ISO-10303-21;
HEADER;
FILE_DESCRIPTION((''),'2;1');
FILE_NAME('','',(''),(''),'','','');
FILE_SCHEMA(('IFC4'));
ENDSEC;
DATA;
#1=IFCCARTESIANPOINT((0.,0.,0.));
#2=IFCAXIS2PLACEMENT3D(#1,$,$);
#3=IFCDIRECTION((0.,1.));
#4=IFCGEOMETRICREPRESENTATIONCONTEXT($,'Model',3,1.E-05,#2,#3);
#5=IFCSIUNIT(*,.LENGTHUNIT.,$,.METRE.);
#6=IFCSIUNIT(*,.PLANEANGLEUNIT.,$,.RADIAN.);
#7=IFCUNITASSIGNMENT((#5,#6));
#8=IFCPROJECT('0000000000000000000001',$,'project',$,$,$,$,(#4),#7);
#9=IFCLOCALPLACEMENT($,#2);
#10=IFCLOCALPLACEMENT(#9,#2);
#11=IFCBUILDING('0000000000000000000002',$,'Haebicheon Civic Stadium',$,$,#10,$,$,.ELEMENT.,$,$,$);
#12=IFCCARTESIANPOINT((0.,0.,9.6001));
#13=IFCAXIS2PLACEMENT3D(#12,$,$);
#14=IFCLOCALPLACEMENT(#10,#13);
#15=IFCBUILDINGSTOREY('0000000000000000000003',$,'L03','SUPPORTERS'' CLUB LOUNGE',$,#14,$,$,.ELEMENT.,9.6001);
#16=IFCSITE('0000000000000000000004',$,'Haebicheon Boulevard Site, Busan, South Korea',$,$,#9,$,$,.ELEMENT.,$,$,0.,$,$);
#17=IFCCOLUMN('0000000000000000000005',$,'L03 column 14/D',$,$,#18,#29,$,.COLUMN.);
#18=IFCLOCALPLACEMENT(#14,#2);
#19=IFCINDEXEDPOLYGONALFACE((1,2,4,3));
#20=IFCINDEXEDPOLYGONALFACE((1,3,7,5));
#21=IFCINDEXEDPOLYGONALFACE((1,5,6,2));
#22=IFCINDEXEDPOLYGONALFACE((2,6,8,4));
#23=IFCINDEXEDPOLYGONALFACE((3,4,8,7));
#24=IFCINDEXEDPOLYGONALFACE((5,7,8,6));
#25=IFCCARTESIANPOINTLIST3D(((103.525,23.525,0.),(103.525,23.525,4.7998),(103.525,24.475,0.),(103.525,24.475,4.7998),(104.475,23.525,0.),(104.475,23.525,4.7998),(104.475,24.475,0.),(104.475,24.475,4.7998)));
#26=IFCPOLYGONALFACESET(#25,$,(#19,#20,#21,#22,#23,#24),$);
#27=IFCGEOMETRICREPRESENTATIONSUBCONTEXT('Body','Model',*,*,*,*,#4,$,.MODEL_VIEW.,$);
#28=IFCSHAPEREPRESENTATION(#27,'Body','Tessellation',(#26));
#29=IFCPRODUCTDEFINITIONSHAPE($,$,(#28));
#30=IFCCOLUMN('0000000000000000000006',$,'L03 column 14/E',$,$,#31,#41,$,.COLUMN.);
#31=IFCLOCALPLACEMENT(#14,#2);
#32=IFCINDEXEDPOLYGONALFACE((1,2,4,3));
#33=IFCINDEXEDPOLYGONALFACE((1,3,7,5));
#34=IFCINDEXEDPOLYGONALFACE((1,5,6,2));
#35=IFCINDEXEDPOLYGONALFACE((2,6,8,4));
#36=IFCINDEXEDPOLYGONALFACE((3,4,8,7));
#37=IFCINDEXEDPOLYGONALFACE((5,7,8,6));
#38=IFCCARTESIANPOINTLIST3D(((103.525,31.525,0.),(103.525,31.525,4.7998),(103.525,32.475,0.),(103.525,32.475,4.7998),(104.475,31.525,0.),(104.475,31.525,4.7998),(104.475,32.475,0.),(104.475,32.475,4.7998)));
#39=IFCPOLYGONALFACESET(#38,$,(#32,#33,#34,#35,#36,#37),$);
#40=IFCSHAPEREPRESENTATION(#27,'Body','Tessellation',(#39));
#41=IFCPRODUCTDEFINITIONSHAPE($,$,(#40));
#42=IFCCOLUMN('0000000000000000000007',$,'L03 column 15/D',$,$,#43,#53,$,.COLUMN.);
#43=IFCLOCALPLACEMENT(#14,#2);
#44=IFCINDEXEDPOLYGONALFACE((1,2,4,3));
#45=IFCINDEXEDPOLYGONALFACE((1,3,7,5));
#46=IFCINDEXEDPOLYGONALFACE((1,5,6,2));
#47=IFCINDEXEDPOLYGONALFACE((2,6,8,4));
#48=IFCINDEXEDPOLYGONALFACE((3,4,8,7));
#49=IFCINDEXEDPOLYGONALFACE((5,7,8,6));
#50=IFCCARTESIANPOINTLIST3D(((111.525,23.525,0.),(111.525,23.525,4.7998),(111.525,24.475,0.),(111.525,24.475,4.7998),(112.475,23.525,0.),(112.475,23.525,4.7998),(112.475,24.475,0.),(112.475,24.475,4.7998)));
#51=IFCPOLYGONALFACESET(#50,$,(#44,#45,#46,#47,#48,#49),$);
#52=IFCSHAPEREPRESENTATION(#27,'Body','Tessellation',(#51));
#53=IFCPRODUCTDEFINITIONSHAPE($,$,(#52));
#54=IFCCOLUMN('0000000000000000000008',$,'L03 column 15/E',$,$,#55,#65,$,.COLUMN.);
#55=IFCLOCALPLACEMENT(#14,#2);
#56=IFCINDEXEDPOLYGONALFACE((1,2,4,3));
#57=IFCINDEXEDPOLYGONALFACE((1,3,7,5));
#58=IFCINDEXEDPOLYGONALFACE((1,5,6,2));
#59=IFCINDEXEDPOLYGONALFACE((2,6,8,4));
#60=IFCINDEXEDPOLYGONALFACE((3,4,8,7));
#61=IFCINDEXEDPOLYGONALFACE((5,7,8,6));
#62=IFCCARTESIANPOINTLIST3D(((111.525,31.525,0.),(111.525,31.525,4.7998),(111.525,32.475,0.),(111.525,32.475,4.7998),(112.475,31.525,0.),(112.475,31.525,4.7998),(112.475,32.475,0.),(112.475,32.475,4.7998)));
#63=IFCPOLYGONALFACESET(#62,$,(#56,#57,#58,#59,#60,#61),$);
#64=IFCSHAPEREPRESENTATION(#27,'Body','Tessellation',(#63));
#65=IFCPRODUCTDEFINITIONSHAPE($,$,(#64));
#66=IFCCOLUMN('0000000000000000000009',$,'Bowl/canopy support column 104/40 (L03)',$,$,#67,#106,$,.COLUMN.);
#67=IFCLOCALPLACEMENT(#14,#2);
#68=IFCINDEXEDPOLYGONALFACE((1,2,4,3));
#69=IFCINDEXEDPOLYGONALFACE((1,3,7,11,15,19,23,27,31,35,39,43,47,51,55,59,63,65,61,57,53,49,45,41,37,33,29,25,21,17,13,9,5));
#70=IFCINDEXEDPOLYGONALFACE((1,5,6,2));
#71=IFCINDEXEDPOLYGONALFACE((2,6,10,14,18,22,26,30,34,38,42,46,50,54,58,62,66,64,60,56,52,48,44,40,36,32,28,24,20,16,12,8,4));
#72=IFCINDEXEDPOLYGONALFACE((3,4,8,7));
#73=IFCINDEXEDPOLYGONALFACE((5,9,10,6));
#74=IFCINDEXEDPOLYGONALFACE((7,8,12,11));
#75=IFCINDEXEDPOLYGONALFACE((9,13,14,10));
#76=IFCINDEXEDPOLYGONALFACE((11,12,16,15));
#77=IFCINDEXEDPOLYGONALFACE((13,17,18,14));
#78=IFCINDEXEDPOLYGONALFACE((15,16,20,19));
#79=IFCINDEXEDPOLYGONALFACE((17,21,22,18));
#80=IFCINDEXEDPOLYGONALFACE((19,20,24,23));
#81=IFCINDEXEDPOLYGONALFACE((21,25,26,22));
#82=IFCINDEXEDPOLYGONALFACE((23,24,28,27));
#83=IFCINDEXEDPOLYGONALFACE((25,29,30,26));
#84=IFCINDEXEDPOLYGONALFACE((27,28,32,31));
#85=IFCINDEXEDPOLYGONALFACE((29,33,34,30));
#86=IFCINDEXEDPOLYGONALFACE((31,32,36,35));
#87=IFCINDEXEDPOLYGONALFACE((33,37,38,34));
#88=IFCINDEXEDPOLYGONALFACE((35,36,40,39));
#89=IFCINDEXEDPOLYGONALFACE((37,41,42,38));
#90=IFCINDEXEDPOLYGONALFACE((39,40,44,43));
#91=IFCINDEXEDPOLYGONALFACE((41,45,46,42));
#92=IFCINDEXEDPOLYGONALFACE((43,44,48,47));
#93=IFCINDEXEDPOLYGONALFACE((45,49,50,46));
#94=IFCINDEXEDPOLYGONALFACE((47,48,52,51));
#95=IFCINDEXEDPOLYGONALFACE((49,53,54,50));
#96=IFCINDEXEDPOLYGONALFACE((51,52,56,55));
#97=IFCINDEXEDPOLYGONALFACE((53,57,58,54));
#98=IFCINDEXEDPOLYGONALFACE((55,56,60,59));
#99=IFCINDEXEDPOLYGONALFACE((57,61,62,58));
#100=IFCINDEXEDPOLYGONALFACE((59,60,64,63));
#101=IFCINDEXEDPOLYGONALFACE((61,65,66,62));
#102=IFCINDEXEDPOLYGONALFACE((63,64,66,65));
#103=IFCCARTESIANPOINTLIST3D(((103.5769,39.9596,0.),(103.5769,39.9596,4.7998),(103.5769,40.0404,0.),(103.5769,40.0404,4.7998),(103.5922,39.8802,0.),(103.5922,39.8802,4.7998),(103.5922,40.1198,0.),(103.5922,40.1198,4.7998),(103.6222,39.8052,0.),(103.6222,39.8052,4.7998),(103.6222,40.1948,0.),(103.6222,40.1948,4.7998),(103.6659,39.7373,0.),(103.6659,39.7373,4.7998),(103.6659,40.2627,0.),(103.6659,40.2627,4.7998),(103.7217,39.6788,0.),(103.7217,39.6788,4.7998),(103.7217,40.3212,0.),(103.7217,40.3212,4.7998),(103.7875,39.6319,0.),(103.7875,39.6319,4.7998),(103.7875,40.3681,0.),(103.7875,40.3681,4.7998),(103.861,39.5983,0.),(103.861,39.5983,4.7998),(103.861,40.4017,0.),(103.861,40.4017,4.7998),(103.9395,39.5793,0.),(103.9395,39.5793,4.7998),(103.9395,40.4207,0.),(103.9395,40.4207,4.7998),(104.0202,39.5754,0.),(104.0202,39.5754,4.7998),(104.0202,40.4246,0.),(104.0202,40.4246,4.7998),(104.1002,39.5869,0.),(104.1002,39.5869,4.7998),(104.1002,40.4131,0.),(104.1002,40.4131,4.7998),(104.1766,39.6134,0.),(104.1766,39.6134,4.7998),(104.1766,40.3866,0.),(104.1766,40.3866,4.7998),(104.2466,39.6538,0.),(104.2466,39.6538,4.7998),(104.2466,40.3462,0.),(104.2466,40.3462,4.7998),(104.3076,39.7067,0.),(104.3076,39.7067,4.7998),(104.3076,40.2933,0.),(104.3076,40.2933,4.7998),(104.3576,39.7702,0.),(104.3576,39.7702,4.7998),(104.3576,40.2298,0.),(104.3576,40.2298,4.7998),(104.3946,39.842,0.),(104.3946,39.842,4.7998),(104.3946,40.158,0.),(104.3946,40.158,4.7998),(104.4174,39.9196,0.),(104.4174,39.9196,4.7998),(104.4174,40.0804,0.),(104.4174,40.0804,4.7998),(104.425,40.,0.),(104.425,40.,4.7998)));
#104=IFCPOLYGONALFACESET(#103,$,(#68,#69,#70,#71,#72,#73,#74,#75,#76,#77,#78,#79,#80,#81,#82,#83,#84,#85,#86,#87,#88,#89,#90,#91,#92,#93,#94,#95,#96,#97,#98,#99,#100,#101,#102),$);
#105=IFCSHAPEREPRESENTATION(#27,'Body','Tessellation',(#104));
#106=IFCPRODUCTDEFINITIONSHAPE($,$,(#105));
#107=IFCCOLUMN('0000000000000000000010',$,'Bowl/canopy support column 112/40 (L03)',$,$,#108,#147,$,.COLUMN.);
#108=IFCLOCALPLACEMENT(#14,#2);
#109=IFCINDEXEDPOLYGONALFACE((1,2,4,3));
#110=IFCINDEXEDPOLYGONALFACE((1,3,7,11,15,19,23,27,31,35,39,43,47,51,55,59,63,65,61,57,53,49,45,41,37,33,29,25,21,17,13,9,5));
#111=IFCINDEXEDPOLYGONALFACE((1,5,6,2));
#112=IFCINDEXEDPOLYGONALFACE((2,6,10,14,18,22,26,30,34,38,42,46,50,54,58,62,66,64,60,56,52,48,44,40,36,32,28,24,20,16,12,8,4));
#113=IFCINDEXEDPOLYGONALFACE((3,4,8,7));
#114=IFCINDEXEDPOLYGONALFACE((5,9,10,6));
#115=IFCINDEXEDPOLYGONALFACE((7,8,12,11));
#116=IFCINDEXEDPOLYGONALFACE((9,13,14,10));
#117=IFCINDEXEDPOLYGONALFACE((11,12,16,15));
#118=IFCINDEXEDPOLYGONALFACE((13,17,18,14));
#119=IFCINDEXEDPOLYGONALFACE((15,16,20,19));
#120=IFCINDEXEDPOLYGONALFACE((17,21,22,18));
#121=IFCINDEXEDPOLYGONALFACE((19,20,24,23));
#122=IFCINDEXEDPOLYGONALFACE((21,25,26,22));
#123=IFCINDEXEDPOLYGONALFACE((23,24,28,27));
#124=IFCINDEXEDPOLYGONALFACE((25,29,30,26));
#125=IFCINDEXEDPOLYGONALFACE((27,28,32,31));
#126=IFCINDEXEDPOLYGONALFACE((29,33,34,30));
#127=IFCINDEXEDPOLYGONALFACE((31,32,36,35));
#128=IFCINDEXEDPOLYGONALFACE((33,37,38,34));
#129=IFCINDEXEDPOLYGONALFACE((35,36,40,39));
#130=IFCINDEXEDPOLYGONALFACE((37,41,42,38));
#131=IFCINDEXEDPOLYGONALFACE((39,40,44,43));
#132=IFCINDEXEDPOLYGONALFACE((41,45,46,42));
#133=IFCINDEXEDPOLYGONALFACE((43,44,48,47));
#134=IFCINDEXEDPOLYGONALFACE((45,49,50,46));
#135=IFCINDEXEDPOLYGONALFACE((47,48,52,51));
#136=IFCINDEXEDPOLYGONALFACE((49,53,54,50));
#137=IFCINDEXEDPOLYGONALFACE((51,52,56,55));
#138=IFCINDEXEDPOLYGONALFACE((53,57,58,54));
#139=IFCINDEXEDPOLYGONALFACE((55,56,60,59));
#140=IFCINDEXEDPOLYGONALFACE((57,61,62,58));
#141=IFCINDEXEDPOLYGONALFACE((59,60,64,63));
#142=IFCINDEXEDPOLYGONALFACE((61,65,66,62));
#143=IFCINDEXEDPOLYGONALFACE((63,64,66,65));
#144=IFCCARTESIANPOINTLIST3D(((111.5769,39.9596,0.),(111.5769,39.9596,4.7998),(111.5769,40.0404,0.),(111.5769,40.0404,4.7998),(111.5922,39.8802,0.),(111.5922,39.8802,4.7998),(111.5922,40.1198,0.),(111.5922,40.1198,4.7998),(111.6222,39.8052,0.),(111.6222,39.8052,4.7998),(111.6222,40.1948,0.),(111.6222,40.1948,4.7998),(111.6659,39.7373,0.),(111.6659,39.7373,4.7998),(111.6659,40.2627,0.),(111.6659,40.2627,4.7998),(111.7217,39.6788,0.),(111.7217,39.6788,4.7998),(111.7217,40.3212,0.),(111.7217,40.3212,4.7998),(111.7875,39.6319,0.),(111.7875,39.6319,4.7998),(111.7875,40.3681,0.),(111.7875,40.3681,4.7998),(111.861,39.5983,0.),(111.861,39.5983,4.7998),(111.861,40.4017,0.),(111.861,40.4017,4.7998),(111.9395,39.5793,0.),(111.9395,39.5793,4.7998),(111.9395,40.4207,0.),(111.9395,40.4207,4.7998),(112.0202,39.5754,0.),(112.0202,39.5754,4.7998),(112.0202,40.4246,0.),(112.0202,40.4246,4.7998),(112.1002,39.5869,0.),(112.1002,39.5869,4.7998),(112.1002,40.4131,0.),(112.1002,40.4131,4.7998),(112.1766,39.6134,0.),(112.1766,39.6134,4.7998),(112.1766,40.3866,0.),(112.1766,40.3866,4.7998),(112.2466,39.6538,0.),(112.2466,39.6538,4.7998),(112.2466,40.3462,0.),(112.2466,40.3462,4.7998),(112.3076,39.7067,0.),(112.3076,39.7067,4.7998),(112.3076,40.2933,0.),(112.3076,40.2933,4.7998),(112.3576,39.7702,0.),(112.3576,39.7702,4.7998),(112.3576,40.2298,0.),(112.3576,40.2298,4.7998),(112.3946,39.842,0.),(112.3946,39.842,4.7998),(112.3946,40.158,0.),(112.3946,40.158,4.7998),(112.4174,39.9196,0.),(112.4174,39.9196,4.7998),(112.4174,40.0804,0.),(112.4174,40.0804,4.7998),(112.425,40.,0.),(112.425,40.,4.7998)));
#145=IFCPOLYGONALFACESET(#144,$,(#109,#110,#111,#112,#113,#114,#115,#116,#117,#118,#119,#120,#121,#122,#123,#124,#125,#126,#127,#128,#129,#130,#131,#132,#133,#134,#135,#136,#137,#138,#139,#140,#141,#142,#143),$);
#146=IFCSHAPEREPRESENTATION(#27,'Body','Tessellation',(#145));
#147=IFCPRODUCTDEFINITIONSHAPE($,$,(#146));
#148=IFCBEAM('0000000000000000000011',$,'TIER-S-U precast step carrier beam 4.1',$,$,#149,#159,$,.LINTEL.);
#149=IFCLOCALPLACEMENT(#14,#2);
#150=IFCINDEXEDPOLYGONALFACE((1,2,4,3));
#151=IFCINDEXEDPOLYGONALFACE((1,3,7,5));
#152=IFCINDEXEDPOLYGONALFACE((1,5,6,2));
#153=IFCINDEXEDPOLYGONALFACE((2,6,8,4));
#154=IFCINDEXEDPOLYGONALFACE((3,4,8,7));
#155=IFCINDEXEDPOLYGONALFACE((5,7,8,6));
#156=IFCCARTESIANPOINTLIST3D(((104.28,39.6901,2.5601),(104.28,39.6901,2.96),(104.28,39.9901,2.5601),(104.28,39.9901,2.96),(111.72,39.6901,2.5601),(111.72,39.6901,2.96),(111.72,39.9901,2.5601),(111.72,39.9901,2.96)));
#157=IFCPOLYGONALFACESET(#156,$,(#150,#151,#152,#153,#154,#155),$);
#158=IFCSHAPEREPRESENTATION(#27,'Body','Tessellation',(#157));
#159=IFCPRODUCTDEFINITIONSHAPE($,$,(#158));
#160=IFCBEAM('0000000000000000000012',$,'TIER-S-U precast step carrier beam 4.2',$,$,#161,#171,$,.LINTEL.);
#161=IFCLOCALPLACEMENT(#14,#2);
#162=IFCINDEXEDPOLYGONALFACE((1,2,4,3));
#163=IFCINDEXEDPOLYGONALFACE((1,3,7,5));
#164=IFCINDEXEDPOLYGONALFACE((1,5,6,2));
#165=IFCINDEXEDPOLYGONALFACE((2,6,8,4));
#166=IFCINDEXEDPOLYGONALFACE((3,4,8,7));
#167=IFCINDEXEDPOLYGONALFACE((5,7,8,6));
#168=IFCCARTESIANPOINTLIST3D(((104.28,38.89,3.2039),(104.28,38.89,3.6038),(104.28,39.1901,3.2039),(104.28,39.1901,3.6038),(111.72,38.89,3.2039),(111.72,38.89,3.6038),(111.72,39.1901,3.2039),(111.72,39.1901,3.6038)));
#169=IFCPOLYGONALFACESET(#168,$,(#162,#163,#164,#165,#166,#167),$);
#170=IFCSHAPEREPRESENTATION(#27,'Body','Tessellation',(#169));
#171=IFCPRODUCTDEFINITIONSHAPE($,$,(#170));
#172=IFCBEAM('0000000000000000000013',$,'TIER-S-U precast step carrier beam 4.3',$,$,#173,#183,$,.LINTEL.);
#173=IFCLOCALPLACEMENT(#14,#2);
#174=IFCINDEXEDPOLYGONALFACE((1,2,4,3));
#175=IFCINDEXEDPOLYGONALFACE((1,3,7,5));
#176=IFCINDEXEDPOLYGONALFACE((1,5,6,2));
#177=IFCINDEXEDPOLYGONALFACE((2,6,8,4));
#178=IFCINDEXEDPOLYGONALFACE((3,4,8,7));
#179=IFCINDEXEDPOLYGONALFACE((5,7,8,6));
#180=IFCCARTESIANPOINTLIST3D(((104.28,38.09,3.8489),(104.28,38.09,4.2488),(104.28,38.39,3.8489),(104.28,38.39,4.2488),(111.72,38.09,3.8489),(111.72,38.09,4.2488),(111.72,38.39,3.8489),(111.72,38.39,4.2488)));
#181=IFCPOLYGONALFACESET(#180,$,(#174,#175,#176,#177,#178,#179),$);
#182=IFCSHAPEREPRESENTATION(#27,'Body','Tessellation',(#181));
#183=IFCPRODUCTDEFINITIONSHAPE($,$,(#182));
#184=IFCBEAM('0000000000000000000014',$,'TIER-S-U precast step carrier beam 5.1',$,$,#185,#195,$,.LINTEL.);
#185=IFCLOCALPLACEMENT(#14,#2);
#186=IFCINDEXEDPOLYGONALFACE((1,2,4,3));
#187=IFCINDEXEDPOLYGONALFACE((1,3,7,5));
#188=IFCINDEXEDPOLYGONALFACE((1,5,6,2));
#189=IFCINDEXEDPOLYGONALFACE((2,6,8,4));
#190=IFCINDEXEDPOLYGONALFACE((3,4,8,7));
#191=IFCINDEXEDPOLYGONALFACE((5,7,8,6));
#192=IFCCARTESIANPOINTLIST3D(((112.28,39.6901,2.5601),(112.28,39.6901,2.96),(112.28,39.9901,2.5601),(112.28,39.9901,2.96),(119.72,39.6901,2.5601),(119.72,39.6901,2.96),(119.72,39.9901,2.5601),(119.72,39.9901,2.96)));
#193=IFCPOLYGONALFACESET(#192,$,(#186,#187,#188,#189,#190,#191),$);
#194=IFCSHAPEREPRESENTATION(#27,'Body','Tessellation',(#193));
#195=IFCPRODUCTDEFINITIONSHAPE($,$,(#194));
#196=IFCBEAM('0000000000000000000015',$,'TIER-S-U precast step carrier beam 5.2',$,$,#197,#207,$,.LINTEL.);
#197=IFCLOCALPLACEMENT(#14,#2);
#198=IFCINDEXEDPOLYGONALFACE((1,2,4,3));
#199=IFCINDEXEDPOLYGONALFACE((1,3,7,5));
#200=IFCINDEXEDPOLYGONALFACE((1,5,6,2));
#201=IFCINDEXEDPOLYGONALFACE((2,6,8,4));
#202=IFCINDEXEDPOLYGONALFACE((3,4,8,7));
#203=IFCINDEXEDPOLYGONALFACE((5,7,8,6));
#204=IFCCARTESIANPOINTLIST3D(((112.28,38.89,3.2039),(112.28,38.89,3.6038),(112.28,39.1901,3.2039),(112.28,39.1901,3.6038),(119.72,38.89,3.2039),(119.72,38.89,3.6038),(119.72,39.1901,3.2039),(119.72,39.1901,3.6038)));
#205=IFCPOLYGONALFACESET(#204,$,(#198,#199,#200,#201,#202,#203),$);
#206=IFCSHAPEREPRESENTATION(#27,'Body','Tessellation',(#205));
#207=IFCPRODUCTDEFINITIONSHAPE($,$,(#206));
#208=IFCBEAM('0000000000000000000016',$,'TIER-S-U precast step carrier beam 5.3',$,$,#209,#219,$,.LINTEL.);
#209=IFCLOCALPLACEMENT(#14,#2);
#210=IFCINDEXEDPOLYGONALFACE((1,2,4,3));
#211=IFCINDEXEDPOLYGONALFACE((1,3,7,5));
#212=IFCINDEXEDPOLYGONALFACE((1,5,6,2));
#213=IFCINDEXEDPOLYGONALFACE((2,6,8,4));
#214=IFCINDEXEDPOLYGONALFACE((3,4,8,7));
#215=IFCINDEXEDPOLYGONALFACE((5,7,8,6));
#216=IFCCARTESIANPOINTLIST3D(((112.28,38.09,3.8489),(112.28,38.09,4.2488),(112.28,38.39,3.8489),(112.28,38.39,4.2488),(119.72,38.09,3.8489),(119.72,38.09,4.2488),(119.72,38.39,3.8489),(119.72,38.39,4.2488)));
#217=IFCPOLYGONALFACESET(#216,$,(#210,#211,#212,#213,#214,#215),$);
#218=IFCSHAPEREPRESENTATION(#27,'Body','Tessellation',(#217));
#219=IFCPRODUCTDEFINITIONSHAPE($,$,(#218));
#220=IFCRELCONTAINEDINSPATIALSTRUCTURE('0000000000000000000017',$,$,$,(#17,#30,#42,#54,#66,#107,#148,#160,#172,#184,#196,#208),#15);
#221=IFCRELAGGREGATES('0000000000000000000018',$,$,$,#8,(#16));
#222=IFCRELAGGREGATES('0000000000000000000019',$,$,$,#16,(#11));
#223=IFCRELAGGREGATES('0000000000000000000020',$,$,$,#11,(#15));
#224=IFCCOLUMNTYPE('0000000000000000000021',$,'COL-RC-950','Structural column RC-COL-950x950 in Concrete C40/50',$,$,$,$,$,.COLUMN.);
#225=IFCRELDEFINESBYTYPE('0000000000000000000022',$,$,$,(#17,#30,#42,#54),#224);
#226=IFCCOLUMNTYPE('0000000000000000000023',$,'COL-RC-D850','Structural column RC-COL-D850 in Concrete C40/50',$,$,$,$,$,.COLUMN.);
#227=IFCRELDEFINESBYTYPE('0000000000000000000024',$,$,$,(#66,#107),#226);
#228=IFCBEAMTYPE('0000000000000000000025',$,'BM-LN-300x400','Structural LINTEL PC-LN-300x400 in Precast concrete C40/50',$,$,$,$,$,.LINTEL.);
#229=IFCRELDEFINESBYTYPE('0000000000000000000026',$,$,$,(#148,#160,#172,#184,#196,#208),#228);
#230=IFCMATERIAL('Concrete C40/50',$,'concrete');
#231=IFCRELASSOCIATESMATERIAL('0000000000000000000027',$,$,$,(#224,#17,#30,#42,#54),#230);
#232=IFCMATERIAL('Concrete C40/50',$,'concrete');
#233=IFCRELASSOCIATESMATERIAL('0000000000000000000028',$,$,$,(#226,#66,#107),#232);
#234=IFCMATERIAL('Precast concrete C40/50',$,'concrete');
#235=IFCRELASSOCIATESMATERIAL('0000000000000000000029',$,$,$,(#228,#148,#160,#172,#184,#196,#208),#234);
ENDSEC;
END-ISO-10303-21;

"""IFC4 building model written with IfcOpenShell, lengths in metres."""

from ifc_helpers import new_model, si_unit, direction, frame, origin, origin_2d, place, context, subcontext, project, spatial, rectangle, circle, extrude, material, material_profile, profile_set, type_object, element, save


model = new_model("IFC4")

# Units and contexts
model_context = context("Model", 3, precision=1e-05, world=origin(), true_north=direction((0.0, 1.0)))
body_context = subcontext(model_context, "Body", "Model", "MODEL_VIEW")
ifc_project = project(units=[si_unit("LENGTHUNIT", "METRE"), si_unit("PLANEANGLEUNIT", "RADIAN")], contexts=[model_context])

# Site, building, storey
site_placement = place(None, origin())
site = spatial("IfcSite", under=ifc_project, at=site_placement, Name="Haebicheon Boulevard Site, Busan, South Korea", CompositionType="ELEMENT", RefElevation=0.0)
building_placement = place(site_placement, origin())
building = spatial("IfcBuilding", under=site, at=building_placement, Name="Haebicheon Civic Stadium", CompositionType="ELEMENT")
storey_placement = place(building_placement, frame((0.0, 0.0, 9.6001)))
storey = spatial("IfcBuildingStorey", under=building, at=storey_placement, Name="L03", Description="SUPPORTERS' CLUB LOUNGE", CompositionType="ELEMENT", Elevation=9.6001)

# Columns
ifc_material_1 = material(Name="Concrete C40/50", Category="concrete")
ifc_material_profile_1 = material_profile(ifc_material_1, rectangle(XDim=0.95, YDim=0.95, at=origin_2d()), Name="RC-COL-950x950")
ifc_profile_set_1 = profile_set([ifc_material_profile_1], Name="Concrete C40/50")
column_type_1 = type_object("IfcColumnType", Name="COL-RC-950", Description="Structural column RC-COL-950x950 in Concrete C40/50", PredefinedType="COLUMN", material=ifc_profile_set_1)
for number, where, z_axis, x_axis, name in (
    (1, (104.0, 24.0, 0.0), (0.0, 0.0, 1.0), (1.0, 0.0, 0.0), "L03 column 14/D"),
    (2, (104.0, 32.0, 0.0), (0.0, 0.0, 1.0), (1.0, 0.0, 0.0), "L03 column 14/E"),
    (3, (112.0, 24.0, 0.0), (0.0, 0.0, 1.0), (1.0, 0.0, 0.0), "L03 column 15/D"),
    (4, (112.0, 32.0, 0.0), (0.0, 0.0, 1.0), (1.0, 0.0, 0.0), "L03 column 15/E"),
):
    element("IfcColumn", number, at=place(storey_placement, frame(where, z_axis=z_axis, x_axis=x_axis)), inside=storey, type_object=column_type_1, material=ifc_profile_set_1, Name=name, PredefinedType="COLUMN", context=body_context, shape_type="SweptSolid", body=[
        extrude(rectangle(XDim=0.95, YDim=0.95, at=origin_2d()), origin(), (0.0, 0.0, 1.0), 4.7998),
    ])
ifc_material_2 = material(Name="Concrete C40/50", Category="concrete")
ifc_material_profile_2 = material_profile(ifc_material_2, circle(Radius=0.425, at=origin_2d()), Name="RC-COL-D850")
ifc_profile_set_2 = profile_set([ifc_material_profile_2], Name="Concrete C40/50")
column_type_2 = type_object("IfcColumnType", Name="COL-RC-D850", Description="Structural column RC-COL-D850 in Concrete C40/50", PredefinedType="COLUMN", material=ifc_profile_set_2)
for number, where, z_axis, x_axis, name in (
    (5, (104.0, 40.0, 0.0), (0.0, 0.0, 1.0), (1.0, 0.0, 0.0), "Bowl/canopy support column 104/40 (L03)"),
    (6, (112.0, 40.0, 0.0), (0.0, 0.0, 1.0), (1.0, 0.0, 0.0), "Bowl/canopy support column 112/40 (L03)"),
):
    element("IfcColumn", number, at=place(storey_placement, frame(where, z_axis=z_axis, x_axis=x_axis)), inside=storey, type_object=column_type_2, material=ifc_profile_set_2, Name=name, PredefinedType="COLUMN", context=body_context, shape_type="SweptSolid", body=[
        extrude(circle(Radius=0.425, at=origin_2d()), origin(), (0.0, 0.0, 1.0), 4.7998),
    ])

# Beams
ifc_material_3 = material(Name="Precast concrete C40/50", Category="concrete")
ifc_material_profile_3 = material_profile(ifc_material_3, rectangle(XDim=0.3, YDim=0.3999, at=origin_2d()), Name="PC-LN-300x400")
ifc_profile_set_3 = profile_set([ifc_material_profile_3], Name="Precast concrete C40/50")
beam_type_1 = type_object("IfcBeamType", Name="BM-LN-300x400", Description="Structural LINTEL PC-LN-300x400 in Precast concrete C40/50", PredefinedType="LINTEL", material=ifc_profile_set_3)
for number, where, z_axis, x_axis, name in (
    (7, (104.28, 39.8401, 2.76), (1.0, 0.0, 0.0), (0.0, 1.0, 0.0), "TIER-S-U precast step carrier beam 4.1"),
    (8, (104.28, 39.04, 3.4038), (1.0, 0.0, 0.0), (0.0, 1.0, 0.0), "TIER-S-U precast step carrier beam 4.2"),
    (9, (104.28, 38.24, 4.0488), (1.0, 0.0, 0.0), (0.0, 1.0, 0.0), "TIER-S-U precast step carrier beam 4.3"),
    (10, (112.28, 39.8401, 2.76), (1.0, 0.0, 0.0), (0.0, 1.0, 0.0), "TIER-S-U precast step carrier beam 5.1"),
    (11, (112.28, 39.04, 3.4038), (1.0, 0.0, 0.0), (0.0, 1.0, 0.0), "TIER-S-U precast step carrier beam 5.2"),
    (12, (112.28, 38.24, 4.0488), (1.0, 0.0, 0.0), (0.0, 1.0, 0.0), "TIER-S-U precast step carrier beam 5.3"),
):
    element("IfcBeam", number, at=place(storey_placement, frame(where, z_axis=z_axis, x_axis=x_axis)), inside=storey, type_object=beam_type_1, material=ifc_profile_set_3, Name=name, PredefinedType="LINTEL", context=body_context, shape_type="SweptSolid", body=[
        extrude(rectangle(XDim=0.3, YDim=0.3999, at=origin_2d()), origin(), (0.0, 0.0, 1.0), 7.4399),
    ])

save(model, "model.ifc")
